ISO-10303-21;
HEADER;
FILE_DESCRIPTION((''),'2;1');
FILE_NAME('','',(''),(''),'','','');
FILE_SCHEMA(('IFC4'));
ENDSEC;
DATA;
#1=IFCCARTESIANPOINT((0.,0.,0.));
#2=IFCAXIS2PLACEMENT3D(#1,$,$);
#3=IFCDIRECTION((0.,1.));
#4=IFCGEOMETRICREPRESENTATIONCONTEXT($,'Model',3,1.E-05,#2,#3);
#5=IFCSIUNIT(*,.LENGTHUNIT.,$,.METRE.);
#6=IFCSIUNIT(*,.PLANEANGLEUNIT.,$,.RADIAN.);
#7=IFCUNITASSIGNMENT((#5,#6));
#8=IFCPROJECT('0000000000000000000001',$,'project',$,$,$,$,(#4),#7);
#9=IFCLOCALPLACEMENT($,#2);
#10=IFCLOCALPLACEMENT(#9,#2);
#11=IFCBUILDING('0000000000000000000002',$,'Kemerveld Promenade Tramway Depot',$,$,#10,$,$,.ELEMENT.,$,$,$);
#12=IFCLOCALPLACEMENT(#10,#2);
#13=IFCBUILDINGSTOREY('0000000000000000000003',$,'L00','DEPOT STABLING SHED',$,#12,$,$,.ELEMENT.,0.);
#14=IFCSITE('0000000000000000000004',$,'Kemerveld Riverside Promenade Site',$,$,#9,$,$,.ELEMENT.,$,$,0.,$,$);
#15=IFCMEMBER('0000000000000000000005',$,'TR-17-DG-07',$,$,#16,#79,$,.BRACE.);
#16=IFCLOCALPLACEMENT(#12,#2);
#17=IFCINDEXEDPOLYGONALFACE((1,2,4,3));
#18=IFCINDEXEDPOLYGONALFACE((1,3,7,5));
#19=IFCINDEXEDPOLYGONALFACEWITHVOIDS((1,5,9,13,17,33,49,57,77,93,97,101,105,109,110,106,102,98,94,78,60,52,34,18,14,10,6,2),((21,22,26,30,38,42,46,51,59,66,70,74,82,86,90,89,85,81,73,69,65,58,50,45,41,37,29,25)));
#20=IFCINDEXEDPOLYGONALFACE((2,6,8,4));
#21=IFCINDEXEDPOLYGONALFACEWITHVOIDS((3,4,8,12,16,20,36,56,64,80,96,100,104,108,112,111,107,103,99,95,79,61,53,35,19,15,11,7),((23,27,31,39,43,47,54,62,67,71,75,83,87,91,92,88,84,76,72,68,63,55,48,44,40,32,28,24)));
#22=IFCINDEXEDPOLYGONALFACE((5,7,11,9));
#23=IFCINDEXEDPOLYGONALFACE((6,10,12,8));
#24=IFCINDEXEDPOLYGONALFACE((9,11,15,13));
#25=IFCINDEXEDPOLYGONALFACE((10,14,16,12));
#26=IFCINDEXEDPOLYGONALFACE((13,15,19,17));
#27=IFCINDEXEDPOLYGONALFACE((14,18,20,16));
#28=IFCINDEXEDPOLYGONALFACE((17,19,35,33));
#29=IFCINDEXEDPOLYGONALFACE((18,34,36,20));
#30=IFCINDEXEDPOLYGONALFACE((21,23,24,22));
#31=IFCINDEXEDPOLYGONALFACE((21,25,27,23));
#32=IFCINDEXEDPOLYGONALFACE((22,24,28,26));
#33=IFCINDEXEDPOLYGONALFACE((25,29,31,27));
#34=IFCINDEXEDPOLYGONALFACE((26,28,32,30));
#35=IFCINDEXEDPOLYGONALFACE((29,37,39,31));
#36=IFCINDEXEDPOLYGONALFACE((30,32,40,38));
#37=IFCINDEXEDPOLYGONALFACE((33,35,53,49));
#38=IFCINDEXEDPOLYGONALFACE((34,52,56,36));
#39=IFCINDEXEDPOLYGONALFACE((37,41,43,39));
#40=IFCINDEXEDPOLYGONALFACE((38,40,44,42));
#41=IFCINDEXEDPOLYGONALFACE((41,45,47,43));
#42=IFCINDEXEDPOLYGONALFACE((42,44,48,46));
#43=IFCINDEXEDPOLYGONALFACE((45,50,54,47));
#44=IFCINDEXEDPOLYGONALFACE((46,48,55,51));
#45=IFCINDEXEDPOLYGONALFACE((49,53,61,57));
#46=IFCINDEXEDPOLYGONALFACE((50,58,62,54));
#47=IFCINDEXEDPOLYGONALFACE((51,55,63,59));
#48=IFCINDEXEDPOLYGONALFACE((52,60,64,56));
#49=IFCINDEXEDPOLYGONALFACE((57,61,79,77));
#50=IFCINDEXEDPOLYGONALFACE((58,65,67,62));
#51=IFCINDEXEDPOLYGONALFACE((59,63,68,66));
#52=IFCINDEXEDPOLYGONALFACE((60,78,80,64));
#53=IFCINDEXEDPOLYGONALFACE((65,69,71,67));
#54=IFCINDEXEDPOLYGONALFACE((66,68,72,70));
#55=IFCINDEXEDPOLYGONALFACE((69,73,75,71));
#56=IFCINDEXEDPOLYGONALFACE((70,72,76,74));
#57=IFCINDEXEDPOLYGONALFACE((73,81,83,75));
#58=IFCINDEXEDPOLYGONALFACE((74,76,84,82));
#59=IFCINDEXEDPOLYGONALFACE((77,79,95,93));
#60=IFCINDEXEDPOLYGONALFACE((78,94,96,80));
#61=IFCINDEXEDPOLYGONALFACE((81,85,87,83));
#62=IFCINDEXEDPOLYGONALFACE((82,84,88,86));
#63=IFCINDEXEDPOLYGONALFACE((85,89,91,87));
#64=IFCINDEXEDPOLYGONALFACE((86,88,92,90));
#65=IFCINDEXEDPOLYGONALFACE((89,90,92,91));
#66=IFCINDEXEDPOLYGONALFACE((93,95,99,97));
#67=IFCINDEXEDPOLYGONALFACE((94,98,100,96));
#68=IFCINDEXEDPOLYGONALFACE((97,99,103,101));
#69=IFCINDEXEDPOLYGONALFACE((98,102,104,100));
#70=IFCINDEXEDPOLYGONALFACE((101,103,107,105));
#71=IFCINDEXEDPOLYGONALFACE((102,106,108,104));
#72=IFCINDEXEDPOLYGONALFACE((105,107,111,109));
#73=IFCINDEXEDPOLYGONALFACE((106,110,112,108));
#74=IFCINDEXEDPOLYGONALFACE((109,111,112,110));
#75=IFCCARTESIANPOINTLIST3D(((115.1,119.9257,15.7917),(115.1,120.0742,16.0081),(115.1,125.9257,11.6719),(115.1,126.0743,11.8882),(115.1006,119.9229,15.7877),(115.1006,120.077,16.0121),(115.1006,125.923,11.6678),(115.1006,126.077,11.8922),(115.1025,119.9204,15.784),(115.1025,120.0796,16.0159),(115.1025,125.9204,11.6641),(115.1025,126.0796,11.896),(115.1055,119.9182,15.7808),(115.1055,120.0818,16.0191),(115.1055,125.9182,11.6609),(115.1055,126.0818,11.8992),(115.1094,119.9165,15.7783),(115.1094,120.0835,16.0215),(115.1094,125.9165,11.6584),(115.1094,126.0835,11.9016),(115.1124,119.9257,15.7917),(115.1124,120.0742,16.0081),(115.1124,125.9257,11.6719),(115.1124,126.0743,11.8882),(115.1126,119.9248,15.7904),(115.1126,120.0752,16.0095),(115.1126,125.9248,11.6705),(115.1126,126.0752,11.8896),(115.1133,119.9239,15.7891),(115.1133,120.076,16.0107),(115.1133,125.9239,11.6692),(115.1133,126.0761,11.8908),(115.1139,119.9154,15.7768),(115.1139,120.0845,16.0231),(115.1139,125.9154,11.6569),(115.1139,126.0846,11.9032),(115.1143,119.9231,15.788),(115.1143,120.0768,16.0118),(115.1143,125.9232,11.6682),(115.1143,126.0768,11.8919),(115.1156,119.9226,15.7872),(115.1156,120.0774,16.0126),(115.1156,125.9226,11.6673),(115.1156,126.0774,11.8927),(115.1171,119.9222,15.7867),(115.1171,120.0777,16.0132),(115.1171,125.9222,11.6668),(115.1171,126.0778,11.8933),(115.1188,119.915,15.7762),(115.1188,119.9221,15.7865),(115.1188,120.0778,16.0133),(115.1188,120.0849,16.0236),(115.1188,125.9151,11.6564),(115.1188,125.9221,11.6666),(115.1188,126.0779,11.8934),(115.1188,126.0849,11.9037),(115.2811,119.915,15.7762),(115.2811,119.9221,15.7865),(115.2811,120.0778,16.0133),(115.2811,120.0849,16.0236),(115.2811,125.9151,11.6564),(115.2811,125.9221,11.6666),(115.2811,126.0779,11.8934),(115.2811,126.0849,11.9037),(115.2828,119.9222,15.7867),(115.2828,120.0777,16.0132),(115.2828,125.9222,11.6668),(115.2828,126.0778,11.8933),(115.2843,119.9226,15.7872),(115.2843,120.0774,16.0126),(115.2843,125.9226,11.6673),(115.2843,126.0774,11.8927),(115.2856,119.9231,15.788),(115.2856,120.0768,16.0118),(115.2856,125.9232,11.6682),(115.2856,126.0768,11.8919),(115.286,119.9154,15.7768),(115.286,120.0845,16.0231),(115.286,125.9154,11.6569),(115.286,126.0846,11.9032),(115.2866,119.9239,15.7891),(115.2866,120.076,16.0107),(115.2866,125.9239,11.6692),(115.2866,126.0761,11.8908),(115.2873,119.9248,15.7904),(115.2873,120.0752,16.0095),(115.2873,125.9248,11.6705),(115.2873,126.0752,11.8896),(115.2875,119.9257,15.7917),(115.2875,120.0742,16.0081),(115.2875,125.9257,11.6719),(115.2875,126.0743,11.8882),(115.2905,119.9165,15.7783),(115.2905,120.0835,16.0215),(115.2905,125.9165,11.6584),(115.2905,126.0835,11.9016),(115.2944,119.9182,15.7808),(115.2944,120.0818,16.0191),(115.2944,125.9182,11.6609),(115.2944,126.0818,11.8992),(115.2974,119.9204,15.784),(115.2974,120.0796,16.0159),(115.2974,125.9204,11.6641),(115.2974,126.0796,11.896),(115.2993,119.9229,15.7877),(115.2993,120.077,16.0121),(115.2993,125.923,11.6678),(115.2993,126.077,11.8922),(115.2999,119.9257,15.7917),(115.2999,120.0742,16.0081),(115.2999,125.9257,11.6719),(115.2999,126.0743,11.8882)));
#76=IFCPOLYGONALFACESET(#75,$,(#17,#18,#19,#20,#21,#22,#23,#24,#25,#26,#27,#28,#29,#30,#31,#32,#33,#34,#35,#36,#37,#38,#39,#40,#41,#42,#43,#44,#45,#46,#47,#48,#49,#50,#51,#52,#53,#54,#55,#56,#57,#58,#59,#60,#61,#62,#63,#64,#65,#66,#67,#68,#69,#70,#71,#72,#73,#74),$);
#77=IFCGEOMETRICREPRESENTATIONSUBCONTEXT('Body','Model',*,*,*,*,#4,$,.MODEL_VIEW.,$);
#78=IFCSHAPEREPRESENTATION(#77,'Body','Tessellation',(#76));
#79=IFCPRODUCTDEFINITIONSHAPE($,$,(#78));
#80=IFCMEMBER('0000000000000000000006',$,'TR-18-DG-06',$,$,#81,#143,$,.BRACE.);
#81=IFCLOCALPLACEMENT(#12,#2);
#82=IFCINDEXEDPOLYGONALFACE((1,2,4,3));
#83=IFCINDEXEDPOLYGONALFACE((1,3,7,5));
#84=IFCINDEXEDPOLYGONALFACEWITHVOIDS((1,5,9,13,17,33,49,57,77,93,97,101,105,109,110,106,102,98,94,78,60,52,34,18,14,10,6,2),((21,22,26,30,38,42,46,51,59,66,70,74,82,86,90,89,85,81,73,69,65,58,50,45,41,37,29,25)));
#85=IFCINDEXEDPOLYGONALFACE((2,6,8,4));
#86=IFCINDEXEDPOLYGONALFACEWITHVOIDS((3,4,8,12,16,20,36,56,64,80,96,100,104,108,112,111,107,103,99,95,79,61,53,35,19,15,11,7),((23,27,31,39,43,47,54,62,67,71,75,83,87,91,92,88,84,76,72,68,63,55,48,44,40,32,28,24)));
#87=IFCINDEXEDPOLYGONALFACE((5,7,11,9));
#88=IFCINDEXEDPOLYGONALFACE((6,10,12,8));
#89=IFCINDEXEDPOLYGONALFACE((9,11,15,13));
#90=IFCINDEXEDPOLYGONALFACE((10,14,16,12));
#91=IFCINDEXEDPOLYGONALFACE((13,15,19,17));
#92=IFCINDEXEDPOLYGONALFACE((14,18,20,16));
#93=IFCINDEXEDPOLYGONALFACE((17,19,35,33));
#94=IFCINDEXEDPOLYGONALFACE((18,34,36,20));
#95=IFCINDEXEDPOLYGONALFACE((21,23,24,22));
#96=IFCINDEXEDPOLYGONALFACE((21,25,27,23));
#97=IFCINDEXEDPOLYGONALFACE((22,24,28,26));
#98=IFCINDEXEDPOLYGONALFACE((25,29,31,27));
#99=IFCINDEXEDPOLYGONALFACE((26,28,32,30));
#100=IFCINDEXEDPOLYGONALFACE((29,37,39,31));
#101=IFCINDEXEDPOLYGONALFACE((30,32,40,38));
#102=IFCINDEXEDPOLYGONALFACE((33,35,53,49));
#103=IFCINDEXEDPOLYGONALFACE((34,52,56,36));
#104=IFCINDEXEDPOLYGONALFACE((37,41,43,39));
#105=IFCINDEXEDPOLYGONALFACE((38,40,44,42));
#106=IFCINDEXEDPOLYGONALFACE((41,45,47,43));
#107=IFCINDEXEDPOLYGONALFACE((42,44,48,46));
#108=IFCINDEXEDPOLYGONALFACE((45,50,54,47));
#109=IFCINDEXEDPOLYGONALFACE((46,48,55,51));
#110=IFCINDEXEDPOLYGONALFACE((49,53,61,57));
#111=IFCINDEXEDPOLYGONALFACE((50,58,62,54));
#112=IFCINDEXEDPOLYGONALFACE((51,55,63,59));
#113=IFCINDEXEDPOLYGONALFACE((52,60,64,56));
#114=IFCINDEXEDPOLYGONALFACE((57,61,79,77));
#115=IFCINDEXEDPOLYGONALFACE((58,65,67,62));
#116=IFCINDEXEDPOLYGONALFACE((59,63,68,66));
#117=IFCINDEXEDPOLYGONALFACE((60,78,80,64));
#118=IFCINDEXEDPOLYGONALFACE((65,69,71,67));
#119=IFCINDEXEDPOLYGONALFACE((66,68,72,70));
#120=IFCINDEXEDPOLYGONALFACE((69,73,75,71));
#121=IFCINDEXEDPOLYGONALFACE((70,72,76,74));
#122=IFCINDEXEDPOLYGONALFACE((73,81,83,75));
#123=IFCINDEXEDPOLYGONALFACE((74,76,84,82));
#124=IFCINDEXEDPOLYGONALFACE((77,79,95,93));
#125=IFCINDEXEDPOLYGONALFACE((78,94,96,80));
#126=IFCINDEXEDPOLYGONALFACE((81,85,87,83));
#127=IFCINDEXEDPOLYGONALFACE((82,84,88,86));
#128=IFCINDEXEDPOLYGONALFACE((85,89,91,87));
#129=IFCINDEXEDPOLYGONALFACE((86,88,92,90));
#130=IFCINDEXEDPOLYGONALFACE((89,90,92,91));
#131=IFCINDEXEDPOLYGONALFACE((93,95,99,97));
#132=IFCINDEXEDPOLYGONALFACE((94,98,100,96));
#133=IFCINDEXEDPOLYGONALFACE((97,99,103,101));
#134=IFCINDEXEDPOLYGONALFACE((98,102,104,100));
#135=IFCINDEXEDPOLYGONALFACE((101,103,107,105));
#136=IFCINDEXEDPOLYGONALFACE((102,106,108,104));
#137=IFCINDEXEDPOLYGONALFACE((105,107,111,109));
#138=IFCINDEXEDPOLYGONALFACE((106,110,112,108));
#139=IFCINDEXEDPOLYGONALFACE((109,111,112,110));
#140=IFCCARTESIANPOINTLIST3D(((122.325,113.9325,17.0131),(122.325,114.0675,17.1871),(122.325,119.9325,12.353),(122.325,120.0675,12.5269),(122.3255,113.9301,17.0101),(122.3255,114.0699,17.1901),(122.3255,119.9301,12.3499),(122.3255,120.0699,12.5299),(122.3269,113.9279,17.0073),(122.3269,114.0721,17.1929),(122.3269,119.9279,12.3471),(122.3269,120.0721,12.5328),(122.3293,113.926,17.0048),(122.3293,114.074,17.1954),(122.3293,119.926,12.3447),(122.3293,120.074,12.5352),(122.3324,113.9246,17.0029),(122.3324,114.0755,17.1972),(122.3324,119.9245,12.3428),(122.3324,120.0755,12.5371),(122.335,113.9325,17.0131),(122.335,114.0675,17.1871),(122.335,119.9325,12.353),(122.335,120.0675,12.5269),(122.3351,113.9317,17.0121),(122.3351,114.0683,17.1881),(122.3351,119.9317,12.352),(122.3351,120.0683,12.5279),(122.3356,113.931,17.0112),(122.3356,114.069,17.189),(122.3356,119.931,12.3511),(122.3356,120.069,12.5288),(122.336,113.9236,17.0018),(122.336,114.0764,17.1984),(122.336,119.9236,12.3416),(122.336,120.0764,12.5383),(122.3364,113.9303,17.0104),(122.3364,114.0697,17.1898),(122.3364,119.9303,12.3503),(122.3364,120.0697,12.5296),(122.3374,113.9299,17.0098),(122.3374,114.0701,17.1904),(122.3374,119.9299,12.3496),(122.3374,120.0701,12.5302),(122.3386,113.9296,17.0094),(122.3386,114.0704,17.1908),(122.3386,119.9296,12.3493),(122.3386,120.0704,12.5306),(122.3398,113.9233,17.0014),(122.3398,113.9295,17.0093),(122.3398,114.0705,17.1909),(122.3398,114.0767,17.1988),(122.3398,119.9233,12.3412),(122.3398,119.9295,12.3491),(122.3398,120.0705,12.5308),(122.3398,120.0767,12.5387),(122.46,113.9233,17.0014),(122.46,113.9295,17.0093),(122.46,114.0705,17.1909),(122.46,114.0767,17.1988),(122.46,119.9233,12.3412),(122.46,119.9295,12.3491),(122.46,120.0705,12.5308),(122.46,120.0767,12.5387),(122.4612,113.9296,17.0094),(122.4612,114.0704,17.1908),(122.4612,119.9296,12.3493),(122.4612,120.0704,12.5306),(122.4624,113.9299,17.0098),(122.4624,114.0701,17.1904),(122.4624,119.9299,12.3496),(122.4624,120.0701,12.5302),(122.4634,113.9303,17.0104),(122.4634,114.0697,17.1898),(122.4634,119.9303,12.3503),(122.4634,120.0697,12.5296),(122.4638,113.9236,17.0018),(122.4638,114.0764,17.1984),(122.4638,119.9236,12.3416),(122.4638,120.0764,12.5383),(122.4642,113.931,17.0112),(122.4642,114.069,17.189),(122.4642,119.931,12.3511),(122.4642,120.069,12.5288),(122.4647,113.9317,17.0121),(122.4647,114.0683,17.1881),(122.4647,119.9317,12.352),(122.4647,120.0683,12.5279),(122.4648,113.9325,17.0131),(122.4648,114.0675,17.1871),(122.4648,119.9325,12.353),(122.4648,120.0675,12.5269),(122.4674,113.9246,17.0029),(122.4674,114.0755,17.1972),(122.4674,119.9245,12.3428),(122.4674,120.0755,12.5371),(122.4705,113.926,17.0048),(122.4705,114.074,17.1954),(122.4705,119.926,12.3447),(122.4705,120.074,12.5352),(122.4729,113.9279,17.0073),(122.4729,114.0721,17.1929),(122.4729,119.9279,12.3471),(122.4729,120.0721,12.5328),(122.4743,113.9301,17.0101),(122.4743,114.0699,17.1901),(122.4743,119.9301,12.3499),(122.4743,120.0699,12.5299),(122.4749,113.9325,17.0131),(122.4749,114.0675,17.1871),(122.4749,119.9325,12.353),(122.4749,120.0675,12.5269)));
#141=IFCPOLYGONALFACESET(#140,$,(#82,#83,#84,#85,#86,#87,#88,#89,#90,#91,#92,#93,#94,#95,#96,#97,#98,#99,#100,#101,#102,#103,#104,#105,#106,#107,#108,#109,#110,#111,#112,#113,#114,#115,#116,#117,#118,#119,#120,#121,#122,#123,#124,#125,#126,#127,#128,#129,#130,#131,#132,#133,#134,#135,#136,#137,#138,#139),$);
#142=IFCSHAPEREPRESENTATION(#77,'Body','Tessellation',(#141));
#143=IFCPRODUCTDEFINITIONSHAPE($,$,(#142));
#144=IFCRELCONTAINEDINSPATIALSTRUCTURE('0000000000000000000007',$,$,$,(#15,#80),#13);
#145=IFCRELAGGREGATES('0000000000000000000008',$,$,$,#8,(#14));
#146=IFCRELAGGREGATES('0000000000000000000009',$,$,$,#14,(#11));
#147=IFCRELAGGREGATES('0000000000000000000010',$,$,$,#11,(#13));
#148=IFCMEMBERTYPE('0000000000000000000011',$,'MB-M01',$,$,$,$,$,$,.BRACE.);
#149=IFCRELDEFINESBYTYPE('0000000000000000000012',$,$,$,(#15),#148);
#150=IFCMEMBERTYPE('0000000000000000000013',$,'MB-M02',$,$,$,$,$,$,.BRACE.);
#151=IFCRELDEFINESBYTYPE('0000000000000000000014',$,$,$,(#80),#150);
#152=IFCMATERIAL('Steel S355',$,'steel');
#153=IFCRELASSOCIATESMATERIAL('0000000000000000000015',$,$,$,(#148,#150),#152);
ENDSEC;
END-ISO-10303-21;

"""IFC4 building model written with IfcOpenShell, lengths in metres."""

from ifc_helpers import new_model, si_unit, direction, frame, origin, origin_2d, place, context, subcontext, project, spatial, hollow_rectangle, extrude, material, material_profile, profile_set, type_object, element, save


model = new_model("IFC4")

# Units and contexts
model_context = context("Model", 3, precision=1e-05, world=origin(), true_north=direction((0.0, 1.0)))
body_context = subcontext(model_context, "Body", "Model", "MODEL_VIEW")
ifc_project = project(units=[si_unit("LENGTHUNIT", "METRE"), si_unit("PLANEANGLEUNIT", "RADIAN")], contexts=[model_context])

# Site, building, storey
site_placement = place(None, origin())
site = spatial("IfcSite", under=ifc_project, at=site_placement, Name="Kemerveld Riverside Promenade Site", CompositionType="ELEMENT", RefElevation=0.0)
building_placement = place(site_placement, origin())
building = spatial("IfcBuilding", under=site, at=building_placement, Name="Kemerveld Promenade Tramway Depot", CompositionType="ELEMENT")
storey_placement = place(building_placement, origin())
storey = spatial("IfcBuildingStorey", under=building, at=storey_placement, Name="L00", Description="DEPOT STABLING SHED", CompositionType="ELEMENT", Elevation=0.0)

# Members
ifc_material_1 = material(Name="Steel S355", Category="steel")
ifc_material_profile_1 = material_profile(ifc_material_1, hollow_rectangle(XDim=0.2, YDim=0.3, WallThickness=0.0125, InnerFilletRadius=0.0063, OuterFilletRadius=0.0188, at=origin_2d()), Name="300x200x12.5 RHS")
ifc_profile_set_1 = profile_set([ifc_material_profile_1], Name="Steel S355")
member_type_1 = type_object("IfcMemberType", Name="MB-M01", PredefinedType="BRACE", material=ifc_profile_set_1)
member_1_placement = place(storey_placement, frame((115.2, 126.0, 11.78), z_axis=(0.0, -0.824371, 0.56605), x_axis=(1.0, 0.0, 0.0)))
element("IfcMember", 1, at=member_1_placement, inside=storey, type_object=member_type_1, Name="TR-17-DG-07", PredefinedType="BRACE", context=body_context, shape_type="SweptSolid", body=[
    extrude(hollow_rectangle(XDim=0.2, YDim=0.3, WallThickness=0.0125, InnerFilletRadius=0.0063, OuterFilletRadius=0.0188, at=origin_2d()), origin(), (0.0, 0.0, 1.0), 7.2783),
])
ifc_material_profile_2 = material_profile(ifc_material_1, hollow_rectangle(XDim=0.1499, YDim=0.25, WallThickness=0.01, InnerFilletRadius=0.0049, OuterFilletRadius=0.0149, at=origin_2d()), Name="250x150x10.0 RHS")
ifc_profile_set_2 = profile_set([ifc_material_profile_2], Name="Steel S355")
member_type_2 = type_object("IfcMemberType", Name="MB-M02", PredefinedType="BRACE", material=ifc_profile_set_2)
member_2_placement = place(storey_placement, frame((122.3999, 120.0, 12.4399), z_axis=(0.0, -0.789767, 0.613407), x_axis=(1.0, 0.0, 0.0)))
element("IfcMember", 2, at=member_2_placement, inside=storey, type_object=member_type_2, Name="TR-18-DG-06", PredefinedType="BRACE", context=body_context, shape_type="SweptSolid", body=[
    extrude(hollow_rectangle(XDim=0.1499, YDim=0.25, WallThickness=0.01, InnerFilletRadius=0.0049, OuterFilletRadius=0.0149, at=origin_2d()), origin(), (0.0, 0.0, 1.0), 7.5972),
])

save(model, "model.ifc")
